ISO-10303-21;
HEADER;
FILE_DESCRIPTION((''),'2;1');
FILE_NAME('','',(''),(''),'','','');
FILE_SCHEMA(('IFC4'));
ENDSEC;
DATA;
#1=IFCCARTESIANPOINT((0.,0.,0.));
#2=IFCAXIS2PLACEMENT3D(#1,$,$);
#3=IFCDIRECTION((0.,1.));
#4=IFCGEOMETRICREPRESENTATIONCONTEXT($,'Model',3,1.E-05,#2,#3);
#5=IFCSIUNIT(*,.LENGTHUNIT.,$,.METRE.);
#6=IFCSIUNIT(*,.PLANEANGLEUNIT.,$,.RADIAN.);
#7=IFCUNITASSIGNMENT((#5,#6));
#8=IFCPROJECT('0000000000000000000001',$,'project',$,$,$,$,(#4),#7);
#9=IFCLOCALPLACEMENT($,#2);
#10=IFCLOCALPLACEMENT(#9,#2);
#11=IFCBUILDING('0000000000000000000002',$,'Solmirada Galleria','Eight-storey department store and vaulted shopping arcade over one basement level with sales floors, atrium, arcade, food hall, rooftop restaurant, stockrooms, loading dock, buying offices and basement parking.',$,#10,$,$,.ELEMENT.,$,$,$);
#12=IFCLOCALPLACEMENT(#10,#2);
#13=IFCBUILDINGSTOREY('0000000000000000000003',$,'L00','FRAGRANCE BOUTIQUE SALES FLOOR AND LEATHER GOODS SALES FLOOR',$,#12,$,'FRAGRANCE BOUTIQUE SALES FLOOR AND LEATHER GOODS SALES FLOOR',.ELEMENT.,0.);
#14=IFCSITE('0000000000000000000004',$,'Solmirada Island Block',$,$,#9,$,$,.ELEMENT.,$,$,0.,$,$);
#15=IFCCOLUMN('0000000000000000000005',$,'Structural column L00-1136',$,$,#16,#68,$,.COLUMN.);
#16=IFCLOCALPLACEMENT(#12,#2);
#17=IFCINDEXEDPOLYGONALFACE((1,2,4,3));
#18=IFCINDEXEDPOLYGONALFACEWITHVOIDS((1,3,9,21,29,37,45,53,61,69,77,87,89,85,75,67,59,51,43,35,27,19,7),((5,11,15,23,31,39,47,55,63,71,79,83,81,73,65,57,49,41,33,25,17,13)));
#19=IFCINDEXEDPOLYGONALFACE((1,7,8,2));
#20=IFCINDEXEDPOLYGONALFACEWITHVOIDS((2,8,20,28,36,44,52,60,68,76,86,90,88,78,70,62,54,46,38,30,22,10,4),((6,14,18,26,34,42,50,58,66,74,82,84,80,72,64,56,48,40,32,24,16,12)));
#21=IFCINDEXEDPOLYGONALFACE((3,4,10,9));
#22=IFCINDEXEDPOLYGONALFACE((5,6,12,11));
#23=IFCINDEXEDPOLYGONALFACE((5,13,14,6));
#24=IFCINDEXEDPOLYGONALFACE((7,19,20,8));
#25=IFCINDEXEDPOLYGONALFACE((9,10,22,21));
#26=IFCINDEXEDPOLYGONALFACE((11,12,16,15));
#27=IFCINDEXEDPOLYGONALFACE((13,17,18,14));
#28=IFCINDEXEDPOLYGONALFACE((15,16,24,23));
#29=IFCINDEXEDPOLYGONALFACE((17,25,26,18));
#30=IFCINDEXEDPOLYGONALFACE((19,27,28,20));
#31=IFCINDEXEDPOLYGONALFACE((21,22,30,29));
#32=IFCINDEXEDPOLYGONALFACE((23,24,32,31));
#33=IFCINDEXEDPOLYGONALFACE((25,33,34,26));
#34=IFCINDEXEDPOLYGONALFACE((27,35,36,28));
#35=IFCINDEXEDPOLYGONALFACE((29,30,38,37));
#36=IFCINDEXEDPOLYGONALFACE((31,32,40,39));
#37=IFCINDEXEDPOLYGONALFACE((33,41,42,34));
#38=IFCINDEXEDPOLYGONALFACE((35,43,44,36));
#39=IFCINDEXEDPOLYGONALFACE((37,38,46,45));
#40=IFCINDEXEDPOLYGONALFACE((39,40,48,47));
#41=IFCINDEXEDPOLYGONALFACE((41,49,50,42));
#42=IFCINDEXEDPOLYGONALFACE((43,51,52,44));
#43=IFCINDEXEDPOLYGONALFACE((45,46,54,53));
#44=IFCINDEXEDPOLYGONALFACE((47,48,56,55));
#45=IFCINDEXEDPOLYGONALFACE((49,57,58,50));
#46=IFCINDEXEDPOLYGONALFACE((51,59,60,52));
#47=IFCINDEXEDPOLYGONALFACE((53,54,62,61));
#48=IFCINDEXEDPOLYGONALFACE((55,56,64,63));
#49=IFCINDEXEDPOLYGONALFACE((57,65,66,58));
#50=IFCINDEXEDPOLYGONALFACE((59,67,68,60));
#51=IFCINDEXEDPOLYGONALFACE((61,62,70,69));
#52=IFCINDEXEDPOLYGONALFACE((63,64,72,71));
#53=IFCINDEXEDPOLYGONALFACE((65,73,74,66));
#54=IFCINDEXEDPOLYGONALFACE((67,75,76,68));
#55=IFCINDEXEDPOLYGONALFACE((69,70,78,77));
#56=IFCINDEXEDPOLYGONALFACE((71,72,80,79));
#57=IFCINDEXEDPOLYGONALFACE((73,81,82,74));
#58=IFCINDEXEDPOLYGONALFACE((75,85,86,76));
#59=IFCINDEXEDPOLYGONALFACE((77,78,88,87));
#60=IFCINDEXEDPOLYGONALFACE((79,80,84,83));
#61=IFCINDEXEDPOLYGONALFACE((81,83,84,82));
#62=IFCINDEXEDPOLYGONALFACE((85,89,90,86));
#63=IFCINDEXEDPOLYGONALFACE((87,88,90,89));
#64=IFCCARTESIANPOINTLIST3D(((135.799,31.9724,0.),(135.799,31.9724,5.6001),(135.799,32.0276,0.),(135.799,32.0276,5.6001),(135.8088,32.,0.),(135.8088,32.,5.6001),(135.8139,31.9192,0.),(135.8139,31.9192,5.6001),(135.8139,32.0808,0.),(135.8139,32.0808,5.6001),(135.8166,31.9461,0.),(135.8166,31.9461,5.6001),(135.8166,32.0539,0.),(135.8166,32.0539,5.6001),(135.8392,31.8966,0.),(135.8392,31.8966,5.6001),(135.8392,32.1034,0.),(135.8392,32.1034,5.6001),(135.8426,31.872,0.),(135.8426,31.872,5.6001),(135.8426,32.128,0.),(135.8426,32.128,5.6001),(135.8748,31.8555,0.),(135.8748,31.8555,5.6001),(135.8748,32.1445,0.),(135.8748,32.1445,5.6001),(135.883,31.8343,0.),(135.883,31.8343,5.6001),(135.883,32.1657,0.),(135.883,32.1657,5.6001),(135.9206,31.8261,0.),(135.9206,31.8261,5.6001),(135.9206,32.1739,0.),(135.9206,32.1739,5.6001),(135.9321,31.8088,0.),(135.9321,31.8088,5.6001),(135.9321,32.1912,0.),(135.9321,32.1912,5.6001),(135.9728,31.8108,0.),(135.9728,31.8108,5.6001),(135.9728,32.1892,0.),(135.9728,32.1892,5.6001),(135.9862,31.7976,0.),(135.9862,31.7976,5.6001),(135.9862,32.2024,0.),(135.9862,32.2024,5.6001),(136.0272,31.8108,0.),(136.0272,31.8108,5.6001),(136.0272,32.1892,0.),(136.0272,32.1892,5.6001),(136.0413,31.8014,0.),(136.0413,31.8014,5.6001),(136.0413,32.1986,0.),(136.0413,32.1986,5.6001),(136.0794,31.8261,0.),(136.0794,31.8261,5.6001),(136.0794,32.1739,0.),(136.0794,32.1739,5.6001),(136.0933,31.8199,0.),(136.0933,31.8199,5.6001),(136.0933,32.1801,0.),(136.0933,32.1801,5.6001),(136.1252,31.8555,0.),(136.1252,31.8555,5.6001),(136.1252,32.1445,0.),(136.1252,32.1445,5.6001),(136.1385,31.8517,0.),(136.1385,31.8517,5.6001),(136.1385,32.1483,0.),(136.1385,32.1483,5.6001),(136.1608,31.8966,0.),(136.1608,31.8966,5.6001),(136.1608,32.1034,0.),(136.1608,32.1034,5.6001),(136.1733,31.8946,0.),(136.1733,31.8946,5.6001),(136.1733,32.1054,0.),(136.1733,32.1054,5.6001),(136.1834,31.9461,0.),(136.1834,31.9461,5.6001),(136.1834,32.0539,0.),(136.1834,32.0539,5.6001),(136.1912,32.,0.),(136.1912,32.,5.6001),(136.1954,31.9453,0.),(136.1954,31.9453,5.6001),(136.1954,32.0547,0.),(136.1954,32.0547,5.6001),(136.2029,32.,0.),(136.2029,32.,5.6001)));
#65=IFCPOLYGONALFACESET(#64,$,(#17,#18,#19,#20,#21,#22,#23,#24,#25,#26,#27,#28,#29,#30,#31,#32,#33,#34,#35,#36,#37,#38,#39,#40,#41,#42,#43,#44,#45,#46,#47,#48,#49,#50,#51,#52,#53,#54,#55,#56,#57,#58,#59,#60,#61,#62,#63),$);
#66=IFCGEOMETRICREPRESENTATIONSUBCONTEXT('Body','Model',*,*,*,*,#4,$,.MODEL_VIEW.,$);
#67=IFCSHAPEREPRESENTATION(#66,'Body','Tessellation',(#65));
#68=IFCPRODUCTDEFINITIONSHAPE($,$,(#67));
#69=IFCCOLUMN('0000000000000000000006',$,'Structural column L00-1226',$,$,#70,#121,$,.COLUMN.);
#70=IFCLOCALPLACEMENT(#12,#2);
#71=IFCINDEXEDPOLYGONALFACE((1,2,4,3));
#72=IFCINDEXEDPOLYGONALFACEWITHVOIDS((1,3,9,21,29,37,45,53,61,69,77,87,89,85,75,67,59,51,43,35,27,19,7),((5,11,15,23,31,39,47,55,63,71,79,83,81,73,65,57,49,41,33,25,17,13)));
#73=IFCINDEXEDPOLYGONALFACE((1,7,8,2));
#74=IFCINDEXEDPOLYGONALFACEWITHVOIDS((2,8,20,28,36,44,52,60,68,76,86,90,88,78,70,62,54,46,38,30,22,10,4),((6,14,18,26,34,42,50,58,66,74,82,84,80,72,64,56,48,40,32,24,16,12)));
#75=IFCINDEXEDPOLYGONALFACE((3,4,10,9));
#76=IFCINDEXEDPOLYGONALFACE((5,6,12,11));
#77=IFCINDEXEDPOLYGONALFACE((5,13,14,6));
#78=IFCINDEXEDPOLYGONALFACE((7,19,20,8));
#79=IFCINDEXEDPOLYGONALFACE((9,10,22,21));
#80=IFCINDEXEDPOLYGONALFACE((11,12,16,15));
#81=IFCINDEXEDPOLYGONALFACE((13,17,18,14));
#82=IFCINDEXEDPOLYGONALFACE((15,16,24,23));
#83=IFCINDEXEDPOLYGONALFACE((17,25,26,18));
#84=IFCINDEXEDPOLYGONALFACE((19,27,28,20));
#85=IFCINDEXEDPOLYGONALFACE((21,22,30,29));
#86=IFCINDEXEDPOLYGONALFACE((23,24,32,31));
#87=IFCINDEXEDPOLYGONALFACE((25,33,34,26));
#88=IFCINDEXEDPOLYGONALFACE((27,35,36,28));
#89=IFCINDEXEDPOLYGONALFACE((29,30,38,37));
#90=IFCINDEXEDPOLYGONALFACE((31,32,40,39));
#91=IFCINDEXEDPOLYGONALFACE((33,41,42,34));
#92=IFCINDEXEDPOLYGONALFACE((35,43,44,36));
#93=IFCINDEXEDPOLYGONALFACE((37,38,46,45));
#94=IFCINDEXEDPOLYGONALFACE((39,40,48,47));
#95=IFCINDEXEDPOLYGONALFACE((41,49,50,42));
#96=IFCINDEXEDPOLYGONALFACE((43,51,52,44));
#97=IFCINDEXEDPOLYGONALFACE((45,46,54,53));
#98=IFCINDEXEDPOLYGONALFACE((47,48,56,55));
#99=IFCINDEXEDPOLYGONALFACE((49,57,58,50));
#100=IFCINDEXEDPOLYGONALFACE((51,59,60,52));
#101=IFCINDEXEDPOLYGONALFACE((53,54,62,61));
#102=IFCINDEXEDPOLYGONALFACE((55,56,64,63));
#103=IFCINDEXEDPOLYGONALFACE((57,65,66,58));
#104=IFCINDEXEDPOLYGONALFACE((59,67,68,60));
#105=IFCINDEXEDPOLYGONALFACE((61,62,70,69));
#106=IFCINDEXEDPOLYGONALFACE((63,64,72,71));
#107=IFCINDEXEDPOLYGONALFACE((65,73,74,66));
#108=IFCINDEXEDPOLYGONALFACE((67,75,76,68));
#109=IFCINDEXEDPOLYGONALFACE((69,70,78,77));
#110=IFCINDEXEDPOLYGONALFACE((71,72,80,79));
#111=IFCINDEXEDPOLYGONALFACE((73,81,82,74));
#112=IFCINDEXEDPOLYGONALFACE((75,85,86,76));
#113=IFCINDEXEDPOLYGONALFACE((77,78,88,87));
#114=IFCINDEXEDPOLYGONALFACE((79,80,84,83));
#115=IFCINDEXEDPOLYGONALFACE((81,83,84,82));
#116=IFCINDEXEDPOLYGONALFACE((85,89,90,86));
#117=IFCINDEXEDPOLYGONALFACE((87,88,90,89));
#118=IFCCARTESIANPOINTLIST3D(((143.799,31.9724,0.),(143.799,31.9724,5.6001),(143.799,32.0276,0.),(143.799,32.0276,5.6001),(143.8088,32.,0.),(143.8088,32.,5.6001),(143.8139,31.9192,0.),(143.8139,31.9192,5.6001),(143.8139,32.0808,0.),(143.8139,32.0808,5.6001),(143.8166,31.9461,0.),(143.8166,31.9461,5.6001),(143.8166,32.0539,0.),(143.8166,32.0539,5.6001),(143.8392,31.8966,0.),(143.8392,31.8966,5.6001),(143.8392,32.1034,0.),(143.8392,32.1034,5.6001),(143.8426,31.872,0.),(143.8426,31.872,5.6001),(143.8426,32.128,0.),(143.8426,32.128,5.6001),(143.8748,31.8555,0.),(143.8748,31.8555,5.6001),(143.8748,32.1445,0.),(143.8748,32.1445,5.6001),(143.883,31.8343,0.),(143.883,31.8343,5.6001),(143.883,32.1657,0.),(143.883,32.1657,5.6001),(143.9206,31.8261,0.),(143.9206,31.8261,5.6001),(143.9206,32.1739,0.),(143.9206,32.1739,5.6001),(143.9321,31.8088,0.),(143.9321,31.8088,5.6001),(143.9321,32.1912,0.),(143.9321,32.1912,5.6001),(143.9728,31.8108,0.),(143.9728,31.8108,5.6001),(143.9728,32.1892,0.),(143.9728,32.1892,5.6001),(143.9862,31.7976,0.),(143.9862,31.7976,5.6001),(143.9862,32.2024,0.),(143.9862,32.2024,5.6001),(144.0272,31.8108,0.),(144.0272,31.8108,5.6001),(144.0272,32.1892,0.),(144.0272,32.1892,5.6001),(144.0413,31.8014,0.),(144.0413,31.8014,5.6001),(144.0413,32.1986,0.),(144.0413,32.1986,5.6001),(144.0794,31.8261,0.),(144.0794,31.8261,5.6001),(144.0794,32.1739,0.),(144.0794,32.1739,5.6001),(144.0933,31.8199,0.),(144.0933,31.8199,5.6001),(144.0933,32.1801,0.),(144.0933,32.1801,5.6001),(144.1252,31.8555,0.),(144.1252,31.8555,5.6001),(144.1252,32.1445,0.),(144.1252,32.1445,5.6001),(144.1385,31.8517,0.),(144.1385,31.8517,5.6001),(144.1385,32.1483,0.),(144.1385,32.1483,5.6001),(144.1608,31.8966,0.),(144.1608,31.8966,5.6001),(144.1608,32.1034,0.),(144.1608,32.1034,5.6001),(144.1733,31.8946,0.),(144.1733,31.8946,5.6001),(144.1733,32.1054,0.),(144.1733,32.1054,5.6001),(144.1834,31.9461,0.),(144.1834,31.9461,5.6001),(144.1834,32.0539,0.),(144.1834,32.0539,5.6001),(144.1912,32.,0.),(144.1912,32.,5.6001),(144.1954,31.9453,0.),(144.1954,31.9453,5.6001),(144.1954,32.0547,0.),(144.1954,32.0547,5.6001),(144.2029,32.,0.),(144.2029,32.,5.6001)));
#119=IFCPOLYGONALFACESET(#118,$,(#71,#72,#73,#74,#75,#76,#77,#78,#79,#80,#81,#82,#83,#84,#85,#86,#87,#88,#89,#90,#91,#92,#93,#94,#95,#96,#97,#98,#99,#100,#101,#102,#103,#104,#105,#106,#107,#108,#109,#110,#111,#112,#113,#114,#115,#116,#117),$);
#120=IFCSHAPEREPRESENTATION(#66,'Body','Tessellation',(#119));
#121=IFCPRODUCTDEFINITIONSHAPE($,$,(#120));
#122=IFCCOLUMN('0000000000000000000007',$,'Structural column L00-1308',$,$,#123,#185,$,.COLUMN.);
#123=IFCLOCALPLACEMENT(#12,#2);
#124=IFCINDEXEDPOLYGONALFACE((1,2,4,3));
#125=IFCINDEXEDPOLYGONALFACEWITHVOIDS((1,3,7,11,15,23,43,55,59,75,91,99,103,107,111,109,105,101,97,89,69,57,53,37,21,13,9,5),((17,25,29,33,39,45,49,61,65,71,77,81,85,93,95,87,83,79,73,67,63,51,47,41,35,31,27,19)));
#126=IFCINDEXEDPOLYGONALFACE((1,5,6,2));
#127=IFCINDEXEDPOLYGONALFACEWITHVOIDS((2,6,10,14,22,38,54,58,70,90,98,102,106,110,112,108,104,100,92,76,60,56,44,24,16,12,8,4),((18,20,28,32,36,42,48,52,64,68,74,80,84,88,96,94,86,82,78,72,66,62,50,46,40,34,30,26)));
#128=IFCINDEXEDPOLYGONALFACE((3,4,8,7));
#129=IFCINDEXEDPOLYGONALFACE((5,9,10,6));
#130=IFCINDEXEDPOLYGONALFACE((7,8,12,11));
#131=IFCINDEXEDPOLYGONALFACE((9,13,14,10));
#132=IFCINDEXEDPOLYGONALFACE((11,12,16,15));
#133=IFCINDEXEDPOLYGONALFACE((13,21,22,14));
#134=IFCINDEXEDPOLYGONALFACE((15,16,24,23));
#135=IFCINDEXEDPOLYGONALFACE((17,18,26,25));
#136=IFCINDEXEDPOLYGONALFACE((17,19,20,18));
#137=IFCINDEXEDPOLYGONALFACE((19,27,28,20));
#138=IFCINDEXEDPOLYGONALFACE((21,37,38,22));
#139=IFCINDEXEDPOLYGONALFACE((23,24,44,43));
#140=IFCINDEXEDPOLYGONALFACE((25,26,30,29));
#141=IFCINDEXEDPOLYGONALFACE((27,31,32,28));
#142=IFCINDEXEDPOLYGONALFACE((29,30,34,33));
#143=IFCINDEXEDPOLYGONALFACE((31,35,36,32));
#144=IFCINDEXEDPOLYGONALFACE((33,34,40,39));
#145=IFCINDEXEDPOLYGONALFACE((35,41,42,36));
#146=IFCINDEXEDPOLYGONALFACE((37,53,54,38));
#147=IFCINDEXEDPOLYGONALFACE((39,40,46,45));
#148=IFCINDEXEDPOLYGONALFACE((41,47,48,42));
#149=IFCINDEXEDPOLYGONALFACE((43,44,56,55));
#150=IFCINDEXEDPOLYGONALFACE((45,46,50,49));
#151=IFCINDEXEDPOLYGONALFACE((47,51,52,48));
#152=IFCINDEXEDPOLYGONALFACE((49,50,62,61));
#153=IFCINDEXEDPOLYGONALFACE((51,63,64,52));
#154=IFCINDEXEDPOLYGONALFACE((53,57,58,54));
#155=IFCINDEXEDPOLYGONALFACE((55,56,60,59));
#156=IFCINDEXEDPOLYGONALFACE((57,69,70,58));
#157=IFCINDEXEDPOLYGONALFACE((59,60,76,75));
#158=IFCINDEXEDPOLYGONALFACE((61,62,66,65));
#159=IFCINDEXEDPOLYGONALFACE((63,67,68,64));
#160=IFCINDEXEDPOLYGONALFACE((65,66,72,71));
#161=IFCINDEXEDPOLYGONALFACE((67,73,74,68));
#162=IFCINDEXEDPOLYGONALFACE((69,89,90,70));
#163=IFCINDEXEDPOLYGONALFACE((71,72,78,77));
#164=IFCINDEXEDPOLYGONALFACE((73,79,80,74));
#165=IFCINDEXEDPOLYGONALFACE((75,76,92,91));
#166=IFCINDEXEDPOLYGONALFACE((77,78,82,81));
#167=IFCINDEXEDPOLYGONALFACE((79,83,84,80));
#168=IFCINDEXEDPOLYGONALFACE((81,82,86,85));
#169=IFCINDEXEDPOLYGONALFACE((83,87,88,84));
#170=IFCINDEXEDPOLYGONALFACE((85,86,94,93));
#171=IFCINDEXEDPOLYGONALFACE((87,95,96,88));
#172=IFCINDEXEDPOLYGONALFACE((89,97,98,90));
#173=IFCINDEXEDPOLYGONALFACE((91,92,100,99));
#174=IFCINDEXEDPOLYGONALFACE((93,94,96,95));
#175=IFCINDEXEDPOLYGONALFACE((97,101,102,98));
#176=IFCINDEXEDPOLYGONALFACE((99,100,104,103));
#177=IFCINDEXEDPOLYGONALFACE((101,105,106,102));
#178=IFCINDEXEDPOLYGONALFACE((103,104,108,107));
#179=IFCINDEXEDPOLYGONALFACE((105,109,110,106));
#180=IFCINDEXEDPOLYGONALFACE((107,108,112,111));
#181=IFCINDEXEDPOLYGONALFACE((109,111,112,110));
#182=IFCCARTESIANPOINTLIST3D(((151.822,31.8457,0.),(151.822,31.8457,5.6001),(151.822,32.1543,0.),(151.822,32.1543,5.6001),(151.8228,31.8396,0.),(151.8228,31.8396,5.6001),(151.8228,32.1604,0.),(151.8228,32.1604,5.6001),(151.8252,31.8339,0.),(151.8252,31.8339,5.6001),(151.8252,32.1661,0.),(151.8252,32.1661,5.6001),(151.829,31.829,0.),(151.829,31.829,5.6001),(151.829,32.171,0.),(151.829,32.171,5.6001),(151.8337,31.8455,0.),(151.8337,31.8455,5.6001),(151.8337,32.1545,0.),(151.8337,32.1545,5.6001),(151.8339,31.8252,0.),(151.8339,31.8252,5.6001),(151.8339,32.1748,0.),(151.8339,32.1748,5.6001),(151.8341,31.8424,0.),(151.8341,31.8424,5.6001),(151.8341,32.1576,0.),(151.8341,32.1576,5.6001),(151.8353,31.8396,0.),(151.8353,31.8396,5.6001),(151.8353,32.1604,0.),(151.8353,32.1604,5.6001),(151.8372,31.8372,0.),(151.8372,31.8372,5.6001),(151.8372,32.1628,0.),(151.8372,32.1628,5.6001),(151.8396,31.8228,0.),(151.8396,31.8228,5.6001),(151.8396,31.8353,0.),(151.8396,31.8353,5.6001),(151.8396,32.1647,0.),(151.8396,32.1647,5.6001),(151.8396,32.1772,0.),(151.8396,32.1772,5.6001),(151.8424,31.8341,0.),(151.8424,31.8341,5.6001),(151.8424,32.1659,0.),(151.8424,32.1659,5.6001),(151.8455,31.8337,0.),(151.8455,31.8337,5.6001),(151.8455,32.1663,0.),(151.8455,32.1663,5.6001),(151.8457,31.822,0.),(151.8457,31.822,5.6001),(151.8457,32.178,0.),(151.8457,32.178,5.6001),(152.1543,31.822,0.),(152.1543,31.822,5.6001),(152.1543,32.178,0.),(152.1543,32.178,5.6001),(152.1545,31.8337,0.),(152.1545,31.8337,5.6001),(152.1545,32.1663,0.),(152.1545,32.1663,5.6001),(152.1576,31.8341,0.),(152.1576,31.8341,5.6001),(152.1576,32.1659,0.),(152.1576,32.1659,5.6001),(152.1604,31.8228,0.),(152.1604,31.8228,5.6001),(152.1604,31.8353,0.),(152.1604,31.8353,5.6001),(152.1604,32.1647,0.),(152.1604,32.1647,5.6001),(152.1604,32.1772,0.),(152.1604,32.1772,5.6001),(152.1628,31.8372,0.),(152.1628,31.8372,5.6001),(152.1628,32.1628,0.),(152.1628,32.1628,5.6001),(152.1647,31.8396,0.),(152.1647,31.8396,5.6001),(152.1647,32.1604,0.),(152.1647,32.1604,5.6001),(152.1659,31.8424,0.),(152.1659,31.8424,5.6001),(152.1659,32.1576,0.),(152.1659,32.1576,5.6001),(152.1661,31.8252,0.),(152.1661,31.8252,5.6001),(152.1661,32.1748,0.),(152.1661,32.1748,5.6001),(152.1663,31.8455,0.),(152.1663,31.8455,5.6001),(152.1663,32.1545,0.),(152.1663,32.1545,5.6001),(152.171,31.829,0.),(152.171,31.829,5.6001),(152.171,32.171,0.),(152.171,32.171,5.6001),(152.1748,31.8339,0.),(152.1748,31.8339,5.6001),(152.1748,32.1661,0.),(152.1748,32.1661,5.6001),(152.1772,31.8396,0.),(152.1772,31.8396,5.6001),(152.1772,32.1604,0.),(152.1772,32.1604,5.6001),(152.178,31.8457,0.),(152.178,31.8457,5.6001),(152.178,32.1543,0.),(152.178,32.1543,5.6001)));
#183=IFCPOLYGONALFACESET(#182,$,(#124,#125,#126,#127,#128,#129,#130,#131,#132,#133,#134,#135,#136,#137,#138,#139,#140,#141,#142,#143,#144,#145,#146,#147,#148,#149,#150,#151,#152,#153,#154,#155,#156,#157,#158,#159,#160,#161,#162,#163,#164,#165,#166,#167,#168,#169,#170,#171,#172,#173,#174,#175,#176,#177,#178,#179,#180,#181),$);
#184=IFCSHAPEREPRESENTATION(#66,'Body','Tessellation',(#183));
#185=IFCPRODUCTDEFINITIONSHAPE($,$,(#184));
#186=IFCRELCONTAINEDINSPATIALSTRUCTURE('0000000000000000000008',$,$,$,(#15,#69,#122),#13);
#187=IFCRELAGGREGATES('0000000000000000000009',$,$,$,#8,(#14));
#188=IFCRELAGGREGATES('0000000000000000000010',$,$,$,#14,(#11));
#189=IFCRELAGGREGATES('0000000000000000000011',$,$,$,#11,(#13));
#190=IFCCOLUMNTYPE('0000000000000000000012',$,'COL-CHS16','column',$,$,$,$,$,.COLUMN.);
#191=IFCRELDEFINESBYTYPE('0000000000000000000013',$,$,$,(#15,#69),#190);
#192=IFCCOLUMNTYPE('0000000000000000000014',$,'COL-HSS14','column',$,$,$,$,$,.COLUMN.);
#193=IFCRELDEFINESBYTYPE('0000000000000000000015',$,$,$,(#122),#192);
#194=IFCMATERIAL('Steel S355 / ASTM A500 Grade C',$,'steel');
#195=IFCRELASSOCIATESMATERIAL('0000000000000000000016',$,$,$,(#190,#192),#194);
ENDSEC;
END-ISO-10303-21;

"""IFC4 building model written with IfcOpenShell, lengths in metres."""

from ifc_helpers import new_model, si_unit, direction, frame, origin, origin_2d, place, context, subcontext, project, spatial, hollow_rectangle, hollow_circle, extrude, material, material_profile, profile_set, type_object, element, save


model = new_model("IFC4")

# Units and contexts
model_context = context("Model", 3, precision=1e-05, world=origin(), true_north=direction((0.0, 1.0)))
body_context = subcontext(model_context, "Body", "Model", "MODEL_VIEW")
ifc_project = project(units=[si_unit("LENGTHUNIT", "METRE"), si_unit("PLANEANGLEUNIT", "RADIAN")], contexts=[model_context])

# Site, building, storey
site_placement = place(None, origin())
site = spatial("IfcSite", under=ifc_project, at=site_placement, Name="Solmirada Island Block", CompositionType="ELEMENT", RefElevation=0.0)
building_placement = place(site_placement, origin())
building = spatial("IfcBuilding", under=site, at=building_placement, Name="Solmirada Galleria", Description="Eight-storey department store and vaulted shopping arcade over one basement level with sales floors, atrium, arcade, food hall, rooftop restaurant, stockrooms, loading dock, buying offices and basement parking.", CompositionType="ELEMENT")
storey_placement = place(building_placement, origin())
storey = spatial("IfcBuildingStorey", under=building, at=storey_placement, Name="L00", Description="FRAGRANCE BOUTIQUE SALES FLOOR AND LEATHER GOODS SALES FLOOR", LongName="FRAGRANCE BOUTIQUE SALES FLOOR AND LEATHER GOODS SALES FLOOR", CompositionType="ELEMENT", Elevation=0.0)

# Columns
ifc_material_1 = material(Name="Steel S355 / ASTM A500 Grade C", Category="steel")
ifc_material_profile_1 = material_profile(ifc_material_1, hollow_circle(Radius=0.2029, WallThickness=0.0117, at=origin_2d()), Name="HSS16.000X0.500")
ifc_profile_set_1 = profile_set([ifc_material_profile_1], Name="Steel S355 / ASTM A500 Grade C")
column_type_1 = type_object("IfcColumnType", Name="COL-CHS16", Description="column", PredefinedType="COLUMN", material=ifc_profile_set_1)
for number, where, z_axis, x_axis, name in (
    (1, (136.0, 32.0, 0.0), (0.0, 0.0, 1.0), (1.0, 0.0, 0.0), "Structural column L00-1136"),
    (2, (144.0, 32.0, 0.0), (0.0, 0.0, 1.0), (1.0, 0.0, 0.0), "Structural column L00-1226"),
):
    element("IfcColumn", number, at=place(storey_placement, frame(where, z_axis=z_axis, x_axis=x_axis)), inside=storey, type_object=column_type_1, Name=name, PredefinedType="COLUMN", context=body_context, shape_type="SweptSolid", body=[
        extrude(hollow_circle(Radius=0.2029, WallThickness=0.0117, at=origin_2d()), origin(), (0.0, 0.0, 1.0), 5.6001),
    ])
ifc_material_profile_2 = material_profile(ifc_material_1, hollow_rectangle(XDim=0.356, YDim=0.356, WallThickness=0.0117, InnerFilletRadius=0.0117, OuterFilletRadius=0.0237, at=origin_2d()), Name="HSS14X14X1/2")
ifc_profile_set_2 = profile_set([ifc_material_profile_2], Name="Steel S355 / ASTM A500 Grade C")
column_type_2 = type_object("IfcColumnType", Name="COL-HSS14", Description="column", PredefinedType="COLUMN", material=ifc_profile_set_2)
column_placement = place(storey_placement, frame((152.0, 32.0, 0.0), z_axis=(0.0, 0.0, 1.0), x_axis=(1.0, 0.0, 0.0)))
element("IfcColumn", 3, at=column_placement, inside=storey, type_object=column_type_2, Name="Structural column L00-1308", PredefinedType="COLUMN", context=body_context, shape_type="SweptSolid", body=[
    extrude(hollow_rectangle(XDim=0.356, YDim=0.356, WallThickness=0.0117, InnerFilletRadius=0.0117, OuterFilletRadius=0.0237, at=origin_2d()), origin(), (0.0, 0.0, 1.0), 5.6001),
])

save(model, "model.ifc")
